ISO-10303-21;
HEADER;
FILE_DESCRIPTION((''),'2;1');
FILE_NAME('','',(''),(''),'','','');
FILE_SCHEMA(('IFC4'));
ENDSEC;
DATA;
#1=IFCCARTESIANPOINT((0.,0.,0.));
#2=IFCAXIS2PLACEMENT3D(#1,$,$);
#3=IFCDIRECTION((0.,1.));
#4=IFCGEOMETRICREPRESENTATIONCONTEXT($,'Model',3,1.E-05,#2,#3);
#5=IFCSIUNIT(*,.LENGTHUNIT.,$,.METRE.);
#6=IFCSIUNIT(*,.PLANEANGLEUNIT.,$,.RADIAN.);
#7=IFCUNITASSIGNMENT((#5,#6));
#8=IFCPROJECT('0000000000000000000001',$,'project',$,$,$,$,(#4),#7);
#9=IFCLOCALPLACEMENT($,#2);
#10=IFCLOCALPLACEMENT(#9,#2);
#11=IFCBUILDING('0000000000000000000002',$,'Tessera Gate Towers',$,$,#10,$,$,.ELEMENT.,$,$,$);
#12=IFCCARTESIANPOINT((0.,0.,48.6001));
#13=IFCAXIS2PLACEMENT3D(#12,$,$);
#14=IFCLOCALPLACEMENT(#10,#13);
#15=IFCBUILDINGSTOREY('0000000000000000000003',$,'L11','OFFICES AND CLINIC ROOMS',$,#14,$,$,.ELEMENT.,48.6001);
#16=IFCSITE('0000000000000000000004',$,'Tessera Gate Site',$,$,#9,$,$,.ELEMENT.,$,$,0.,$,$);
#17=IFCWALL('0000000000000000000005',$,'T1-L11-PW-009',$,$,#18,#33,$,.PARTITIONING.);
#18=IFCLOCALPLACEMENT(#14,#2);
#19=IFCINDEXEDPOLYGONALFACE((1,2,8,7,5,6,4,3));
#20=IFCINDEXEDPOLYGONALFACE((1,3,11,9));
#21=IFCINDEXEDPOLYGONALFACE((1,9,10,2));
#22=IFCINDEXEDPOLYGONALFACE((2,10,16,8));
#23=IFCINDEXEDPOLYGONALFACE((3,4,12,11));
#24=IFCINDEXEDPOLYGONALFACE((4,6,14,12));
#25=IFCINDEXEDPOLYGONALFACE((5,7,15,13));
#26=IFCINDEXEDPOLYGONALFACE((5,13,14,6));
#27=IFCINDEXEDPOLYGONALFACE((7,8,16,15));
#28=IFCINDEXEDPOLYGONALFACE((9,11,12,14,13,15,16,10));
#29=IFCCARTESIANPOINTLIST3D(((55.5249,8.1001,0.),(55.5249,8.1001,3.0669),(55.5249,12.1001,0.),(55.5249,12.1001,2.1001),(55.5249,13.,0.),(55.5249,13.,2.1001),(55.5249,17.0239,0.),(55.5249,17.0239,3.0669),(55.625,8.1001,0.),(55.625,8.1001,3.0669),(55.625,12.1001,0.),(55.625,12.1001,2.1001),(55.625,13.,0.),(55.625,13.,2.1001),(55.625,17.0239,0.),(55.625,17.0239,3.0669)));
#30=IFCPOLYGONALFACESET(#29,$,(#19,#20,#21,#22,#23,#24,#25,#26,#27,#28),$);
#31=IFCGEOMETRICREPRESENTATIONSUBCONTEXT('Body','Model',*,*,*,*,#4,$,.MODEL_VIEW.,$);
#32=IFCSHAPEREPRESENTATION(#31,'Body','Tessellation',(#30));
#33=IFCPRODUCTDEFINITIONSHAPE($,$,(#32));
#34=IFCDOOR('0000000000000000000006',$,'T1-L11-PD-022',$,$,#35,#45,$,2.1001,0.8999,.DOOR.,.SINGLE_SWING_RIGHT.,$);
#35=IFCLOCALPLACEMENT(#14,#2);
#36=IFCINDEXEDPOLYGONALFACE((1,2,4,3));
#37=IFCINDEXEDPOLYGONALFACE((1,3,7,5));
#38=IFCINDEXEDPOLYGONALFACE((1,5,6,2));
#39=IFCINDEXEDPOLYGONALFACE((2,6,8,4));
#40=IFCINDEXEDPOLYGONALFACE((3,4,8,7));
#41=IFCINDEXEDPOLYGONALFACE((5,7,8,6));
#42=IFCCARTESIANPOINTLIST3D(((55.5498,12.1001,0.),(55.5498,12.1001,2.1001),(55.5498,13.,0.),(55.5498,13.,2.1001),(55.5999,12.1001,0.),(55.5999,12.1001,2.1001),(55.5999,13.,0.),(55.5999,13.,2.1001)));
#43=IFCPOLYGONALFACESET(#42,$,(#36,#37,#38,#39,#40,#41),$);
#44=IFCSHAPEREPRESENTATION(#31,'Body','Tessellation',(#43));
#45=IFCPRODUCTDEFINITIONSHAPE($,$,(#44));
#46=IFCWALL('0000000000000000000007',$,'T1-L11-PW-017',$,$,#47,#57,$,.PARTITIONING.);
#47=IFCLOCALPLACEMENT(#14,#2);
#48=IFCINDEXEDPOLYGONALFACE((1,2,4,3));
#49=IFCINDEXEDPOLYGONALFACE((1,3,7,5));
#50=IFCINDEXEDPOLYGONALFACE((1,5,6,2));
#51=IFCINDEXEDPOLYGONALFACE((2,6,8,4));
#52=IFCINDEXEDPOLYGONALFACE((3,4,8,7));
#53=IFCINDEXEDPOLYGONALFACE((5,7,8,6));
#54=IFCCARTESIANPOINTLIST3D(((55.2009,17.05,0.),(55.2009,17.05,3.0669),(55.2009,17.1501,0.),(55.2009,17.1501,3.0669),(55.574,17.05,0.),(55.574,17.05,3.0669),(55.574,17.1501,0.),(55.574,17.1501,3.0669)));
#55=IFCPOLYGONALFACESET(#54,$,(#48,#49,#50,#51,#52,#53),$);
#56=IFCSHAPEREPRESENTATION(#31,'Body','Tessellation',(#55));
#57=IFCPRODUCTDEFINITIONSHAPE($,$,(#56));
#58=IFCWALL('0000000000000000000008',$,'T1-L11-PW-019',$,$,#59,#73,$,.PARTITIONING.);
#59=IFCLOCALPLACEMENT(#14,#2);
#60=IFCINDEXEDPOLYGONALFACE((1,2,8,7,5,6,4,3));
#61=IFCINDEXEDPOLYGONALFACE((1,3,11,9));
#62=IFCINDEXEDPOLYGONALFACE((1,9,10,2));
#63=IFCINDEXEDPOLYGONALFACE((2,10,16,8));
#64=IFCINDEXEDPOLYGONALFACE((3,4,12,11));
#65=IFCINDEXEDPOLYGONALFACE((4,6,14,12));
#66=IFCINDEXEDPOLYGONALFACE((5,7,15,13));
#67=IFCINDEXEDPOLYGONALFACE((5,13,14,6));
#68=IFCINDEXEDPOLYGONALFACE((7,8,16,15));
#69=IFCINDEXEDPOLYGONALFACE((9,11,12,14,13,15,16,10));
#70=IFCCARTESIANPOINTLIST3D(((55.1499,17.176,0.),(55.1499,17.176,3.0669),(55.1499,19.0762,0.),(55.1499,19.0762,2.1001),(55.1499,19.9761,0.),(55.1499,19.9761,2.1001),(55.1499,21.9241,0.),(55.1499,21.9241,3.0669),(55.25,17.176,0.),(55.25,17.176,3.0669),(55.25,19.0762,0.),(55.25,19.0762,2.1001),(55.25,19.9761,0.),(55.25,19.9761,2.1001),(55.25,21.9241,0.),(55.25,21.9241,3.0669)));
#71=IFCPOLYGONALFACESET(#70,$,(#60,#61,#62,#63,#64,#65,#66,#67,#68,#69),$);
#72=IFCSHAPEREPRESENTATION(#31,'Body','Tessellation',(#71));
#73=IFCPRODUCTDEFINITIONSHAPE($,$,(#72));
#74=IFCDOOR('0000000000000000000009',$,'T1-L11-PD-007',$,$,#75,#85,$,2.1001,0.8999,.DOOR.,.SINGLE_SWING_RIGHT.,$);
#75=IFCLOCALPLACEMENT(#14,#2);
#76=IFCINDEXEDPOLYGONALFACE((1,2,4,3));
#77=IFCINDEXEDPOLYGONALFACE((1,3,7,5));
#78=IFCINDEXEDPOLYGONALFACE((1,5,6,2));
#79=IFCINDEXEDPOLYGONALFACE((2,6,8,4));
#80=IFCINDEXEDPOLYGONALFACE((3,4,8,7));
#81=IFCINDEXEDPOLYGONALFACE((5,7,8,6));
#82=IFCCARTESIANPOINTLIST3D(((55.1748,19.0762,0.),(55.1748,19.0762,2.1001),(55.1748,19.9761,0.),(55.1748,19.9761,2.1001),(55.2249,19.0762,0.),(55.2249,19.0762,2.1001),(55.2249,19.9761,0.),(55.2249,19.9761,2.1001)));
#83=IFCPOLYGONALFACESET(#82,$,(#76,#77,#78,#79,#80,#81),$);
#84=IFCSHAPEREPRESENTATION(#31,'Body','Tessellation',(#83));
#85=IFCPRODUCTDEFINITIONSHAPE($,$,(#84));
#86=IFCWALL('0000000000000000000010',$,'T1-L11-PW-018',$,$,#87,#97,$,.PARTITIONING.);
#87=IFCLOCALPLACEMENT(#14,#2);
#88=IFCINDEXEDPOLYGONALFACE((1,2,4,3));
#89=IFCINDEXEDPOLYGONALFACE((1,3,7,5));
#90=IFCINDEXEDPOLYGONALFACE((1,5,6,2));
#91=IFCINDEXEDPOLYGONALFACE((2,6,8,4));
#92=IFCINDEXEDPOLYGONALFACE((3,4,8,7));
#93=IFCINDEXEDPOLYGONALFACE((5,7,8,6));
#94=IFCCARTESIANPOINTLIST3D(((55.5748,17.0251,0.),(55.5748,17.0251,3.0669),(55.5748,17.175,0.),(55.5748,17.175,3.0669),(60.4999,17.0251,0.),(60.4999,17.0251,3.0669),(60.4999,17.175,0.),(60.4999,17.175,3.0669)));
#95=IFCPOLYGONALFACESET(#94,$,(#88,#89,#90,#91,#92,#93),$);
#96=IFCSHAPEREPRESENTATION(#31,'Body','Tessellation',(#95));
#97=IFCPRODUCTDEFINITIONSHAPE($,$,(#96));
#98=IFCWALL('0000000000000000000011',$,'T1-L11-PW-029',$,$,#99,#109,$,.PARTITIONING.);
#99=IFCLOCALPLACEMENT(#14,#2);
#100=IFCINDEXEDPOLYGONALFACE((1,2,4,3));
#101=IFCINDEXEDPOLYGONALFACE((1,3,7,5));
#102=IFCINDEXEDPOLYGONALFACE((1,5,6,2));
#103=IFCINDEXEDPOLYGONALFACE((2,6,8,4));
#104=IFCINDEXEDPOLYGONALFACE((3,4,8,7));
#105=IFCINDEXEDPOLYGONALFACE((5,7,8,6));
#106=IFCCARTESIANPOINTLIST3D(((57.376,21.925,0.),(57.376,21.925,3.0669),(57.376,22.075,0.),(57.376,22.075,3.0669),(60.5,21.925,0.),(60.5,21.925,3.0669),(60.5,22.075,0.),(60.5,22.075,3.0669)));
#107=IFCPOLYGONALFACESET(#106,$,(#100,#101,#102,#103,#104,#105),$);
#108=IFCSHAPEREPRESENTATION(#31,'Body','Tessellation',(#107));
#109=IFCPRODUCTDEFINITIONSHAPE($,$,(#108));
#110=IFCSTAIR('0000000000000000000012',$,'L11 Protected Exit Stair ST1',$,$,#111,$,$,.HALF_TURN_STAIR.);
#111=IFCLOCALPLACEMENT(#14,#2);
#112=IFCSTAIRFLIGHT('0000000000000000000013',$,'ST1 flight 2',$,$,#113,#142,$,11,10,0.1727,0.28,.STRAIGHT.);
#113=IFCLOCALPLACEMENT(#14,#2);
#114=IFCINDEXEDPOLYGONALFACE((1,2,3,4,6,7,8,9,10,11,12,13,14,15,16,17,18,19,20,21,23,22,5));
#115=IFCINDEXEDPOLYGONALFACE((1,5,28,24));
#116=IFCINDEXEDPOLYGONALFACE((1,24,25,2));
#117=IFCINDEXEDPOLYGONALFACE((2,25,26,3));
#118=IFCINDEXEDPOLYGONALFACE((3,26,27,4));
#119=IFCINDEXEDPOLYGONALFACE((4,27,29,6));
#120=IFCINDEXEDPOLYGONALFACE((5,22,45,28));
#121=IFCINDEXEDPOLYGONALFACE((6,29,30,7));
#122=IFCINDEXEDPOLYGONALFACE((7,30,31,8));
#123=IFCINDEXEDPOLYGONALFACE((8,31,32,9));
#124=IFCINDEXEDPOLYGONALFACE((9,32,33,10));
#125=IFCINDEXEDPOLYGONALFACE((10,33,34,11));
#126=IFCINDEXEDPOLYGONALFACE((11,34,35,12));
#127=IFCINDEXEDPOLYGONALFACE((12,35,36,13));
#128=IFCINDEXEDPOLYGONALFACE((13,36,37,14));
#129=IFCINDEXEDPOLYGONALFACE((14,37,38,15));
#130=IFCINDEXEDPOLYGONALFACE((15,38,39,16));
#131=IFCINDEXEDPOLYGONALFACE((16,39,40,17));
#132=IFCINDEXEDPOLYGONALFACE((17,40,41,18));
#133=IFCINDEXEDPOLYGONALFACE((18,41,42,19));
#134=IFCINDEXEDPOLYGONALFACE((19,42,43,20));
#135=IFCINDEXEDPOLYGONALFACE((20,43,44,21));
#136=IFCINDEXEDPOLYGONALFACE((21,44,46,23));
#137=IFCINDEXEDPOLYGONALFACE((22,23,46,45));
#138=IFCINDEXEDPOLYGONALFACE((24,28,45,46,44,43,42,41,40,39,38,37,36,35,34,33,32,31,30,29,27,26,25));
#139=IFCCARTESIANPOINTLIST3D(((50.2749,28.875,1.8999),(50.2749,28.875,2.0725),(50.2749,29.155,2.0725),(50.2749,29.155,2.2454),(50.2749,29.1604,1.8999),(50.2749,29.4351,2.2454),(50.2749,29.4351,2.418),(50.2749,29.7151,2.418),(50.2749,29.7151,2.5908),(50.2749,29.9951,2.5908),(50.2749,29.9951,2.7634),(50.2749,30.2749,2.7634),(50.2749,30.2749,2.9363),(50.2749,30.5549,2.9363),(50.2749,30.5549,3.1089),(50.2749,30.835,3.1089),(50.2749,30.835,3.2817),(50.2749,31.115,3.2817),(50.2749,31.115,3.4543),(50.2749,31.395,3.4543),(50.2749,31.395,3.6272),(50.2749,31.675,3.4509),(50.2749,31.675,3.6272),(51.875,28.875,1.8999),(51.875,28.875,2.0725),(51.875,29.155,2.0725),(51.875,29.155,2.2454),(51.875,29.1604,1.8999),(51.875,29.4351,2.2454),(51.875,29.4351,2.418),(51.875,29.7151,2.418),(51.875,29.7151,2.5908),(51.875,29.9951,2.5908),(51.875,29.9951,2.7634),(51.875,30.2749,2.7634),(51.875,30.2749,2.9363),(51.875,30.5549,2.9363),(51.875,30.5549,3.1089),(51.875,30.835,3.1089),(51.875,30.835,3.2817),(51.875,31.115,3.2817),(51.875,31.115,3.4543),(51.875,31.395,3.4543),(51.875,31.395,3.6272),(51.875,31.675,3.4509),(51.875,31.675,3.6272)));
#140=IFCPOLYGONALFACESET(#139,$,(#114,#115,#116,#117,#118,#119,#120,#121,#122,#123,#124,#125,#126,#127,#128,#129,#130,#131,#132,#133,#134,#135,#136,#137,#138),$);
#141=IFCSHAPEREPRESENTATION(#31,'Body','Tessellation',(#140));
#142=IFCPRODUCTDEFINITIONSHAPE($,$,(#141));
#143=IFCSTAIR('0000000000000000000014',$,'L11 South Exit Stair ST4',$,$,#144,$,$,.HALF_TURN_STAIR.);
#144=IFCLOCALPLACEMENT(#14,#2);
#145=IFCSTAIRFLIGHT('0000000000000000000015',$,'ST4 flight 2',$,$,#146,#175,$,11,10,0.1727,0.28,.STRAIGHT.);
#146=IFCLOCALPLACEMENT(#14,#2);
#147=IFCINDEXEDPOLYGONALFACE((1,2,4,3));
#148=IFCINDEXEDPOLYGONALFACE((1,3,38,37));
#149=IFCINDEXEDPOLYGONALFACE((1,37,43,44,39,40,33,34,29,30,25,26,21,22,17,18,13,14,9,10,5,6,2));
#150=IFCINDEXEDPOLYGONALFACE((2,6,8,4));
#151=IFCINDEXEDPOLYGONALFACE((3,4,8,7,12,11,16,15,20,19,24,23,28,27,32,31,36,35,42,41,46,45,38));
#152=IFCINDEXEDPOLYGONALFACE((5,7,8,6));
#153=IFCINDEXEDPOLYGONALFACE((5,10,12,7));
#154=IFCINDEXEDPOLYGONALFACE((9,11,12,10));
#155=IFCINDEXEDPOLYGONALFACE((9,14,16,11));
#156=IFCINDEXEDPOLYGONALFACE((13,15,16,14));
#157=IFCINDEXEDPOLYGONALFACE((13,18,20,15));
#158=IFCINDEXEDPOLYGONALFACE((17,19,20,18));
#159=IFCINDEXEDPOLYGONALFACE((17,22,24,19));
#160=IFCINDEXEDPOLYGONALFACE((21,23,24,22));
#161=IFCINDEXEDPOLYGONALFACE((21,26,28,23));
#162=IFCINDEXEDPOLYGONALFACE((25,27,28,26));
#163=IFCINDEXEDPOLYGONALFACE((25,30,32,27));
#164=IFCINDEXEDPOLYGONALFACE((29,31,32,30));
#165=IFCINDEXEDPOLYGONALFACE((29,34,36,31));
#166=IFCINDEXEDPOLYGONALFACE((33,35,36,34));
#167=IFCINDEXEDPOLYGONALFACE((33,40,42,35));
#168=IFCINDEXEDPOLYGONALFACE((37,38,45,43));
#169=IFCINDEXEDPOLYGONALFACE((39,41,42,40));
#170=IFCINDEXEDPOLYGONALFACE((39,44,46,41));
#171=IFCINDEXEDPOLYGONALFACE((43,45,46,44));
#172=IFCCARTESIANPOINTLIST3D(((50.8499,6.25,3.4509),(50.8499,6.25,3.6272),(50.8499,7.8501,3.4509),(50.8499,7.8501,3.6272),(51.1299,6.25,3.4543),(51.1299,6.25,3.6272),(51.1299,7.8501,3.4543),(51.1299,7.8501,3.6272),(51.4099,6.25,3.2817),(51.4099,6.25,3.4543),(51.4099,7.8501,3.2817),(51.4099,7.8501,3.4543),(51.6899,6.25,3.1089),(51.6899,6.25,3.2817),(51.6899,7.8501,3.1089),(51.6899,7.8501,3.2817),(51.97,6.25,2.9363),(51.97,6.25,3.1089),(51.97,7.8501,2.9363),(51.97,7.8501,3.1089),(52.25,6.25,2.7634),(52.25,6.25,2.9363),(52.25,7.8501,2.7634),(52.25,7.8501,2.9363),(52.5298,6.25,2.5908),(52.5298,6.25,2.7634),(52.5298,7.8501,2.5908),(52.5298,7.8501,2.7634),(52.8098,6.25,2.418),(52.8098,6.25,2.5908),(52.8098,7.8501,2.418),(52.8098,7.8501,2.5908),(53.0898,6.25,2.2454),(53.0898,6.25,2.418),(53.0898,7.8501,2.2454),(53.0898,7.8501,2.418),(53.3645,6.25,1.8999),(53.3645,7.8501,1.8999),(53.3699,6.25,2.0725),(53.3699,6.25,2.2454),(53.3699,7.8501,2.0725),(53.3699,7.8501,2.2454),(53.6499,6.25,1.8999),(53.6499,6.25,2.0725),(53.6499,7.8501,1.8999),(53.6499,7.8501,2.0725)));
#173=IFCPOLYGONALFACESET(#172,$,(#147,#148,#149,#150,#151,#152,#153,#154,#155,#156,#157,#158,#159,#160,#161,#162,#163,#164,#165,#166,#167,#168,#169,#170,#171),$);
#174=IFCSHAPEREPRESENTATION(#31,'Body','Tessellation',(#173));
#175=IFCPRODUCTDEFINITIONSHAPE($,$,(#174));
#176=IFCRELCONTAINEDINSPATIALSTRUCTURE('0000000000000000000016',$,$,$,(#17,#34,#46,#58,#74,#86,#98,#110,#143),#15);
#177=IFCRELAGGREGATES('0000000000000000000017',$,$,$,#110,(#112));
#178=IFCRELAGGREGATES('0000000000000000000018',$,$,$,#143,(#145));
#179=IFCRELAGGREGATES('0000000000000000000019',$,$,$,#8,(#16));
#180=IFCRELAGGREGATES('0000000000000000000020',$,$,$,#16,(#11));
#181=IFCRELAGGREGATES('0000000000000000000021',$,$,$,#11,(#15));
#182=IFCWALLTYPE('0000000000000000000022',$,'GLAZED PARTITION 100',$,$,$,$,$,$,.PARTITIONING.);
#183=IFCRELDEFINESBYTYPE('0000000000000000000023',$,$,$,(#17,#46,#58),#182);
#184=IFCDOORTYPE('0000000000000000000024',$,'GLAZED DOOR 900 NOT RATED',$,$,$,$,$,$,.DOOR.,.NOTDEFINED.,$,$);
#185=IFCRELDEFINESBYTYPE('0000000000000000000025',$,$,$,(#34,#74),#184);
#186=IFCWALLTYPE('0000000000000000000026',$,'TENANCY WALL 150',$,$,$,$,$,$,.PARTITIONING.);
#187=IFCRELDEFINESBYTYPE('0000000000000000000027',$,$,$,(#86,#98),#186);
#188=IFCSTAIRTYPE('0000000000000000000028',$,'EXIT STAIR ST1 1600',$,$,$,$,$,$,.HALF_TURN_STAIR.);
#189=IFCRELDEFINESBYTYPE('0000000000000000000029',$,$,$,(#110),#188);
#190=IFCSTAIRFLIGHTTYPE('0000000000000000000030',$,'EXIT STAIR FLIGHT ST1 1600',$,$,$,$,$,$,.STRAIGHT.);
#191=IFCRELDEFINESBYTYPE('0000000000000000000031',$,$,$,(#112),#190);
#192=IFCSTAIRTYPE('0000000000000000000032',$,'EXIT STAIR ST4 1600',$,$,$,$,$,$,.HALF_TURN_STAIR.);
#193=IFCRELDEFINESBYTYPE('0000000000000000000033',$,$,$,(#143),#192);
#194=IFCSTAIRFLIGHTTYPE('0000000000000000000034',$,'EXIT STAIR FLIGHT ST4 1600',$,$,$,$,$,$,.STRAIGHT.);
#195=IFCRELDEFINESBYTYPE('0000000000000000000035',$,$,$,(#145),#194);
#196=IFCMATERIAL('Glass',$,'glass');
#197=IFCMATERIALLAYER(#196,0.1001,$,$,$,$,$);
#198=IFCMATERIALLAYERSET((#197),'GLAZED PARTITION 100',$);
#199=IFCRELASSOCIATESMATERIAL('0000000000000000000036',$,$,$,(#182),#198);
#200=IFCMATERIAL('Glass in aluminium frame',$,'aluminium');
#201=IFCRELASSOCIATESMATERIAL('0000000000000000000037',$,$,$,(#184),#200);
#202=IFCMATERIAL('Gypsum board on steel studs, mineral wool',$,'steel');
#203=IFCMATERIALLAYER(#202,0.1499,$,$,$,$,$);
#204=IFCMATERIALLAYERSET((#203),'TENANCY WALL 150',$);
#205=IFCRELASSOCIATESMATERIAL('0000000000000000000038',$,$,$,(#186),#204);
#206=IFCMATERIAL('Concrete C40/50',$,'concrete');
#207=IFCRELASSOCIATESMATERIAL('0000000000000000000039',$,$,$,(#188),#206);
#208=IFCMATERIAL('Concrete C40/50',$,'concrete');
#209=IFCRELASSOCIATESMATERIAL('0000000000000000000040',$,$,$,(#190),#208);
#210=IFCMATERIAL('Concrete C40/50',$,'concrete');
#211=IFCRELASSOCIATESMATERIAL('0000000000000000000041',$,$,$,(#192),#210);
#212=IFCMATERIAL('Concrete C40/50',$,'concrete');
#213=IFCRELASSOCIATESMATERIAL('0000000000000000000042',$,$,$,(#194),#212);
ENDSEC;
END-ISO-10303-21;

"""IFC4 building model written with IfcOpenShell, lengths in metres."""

from ifc_helpers import new_model, si_unit, direction, frame, frame_2d, origin, place, context, subcontext, project, spatial, polyline, rectangle, outline, extrude, source, transform, mapped, material, layer, layer_set, type_object, element, fill, aggregate, save


model = new_model("IFC4")

# Units and contexts
model_context = context("Model", 3, precision=1e-05, world=origin(), true_north=direction((0.0, 1.0)))
body_context = subcontext(model_context, "Body", "Model", "MODEL_VIEW")
ifc_project = project(units=[si_unit("LENGTHUNIT", "METRE"), si_unit("PLANEANGLEUNIT", "RADIAN")], contexts=[model_context])

# Site, building, storey
site_placement = place(None, origin())
site = spatial("IfcSite", under=ifc_project, at=site_placement, Name="Tessera Gate Site", CompositionType="ELEMENT", RefElevation=0.0)
building_placement = place(site_placement, origin())
building = spatial("IfcBuilding", under=site, at=building_placement, Name="Tessera Gate Towers", CompositionType="ELEMENT")
storey_placement = place(building_placement, frame((0.0, 0.0, 48.6001)))
storey = spatial("IfcBuildingStorey", under=building, at=storey_placement, Name="L11", Description="OFFICES AND CLINIC ROOMS", CompositionType="ELEMENT", Elevation=48.6001)

# Wall, opening, door
ifc_material_1 = material(Name="Glass", Category="glass")
ifc_layer_1 = layer(ifc_material_1, 0.1001)
ifc_layer_set_1 = layer_set([ifc_layer_1], Name="GLAZED PARTITION 100")
wall_type_1 = type_object("IfcWallType", Name="GLAZED PARTITION 100", PredefinedType="PARTITIONING", material=ifc_layer_set_1)
wall_1_placement = place(storey_placement, frame((55.575, 17.0239, 0.0), z_axis=(0.0, 0.0, 1.0), x_axis=(0.0, -1.0, 0.0)))
wall_1 = element("IfcWall", 1, at=wall_1_placement, inside=storey, type_object=wall_type_1, Name="T1-L11-PW-009", PredefinedType="PARTITIONING", context=body_context, shape_type="SweptSolid", body=[
    extrude(rectangle(XDim=8.9238, YDim=0.1001, at=frame_2d((4.4619, 0.0))), origin(), (0.0, 0.0, 1.0), 3.0669),
])
shared_shape_1 = source(origin(), body_context, "Body", "SweptSolid", [
    extrude(rectangle(XDim=0.8999, YDim=2.1001, at=frame_2d((0.45, 1.05))), frame((0.0, 0.0601, 0.0), z_axis=(0.0, -1.0, 0.0), x_axis=(1.0, 0.0, 0.0)), (0.0, 0.0, 1.0), 0.1201),
])
opening_1_placement = place(wall_1_placement, frame((4.0239, 0.0, 0.0)))
opening_1 = element("IfcOpeningElement", 2, at=opening_1_placement, cuts=wall_1, PredefinedType="OPENING", context=body_context, shape_type="MappedRepresentation", body=[
    mapped(shared_shape_1, transform((0.0, 0.0, 0.0), scale=1.0)),
])
ifc_material_2 = material(Name="Glass in aluminium frame", Category="aluminium")
door_type_1 = type_object("IfcDoorType", Name="GLAZED DOOR 900 NOT RATED", OperationType="NOTDEFINED", PredefinedType="DOOR", material=ifc_material_2)
shared_shape_2 = source(origin(), body_context, "Body", "SweptSolid", [
    extrude(rectangle(XDim=0.8999, YDim=2.1001, at=frame_2d((0.45, 1.05))), frame((0.0, 0.0249, 0.0), z_axis=(0.0, -1.0, 0.0), x_axis=(1.0, 0.0, 0.0)), (0.0, 0.0, 1.0), 0.05),
])
door_1_placement = place(opening_1_placement, origin())
door_1 = element("IfcDoor", 3, at=door_1_placement, inside=storey, type_object=door_type_1, Name="T1-L11-PD-022", OperationType="SINGLE_SWING_RIGHT", OverallHeight=2.1001, OverallWidth=0.8999, PredefinedType="DOOR", context=body_context, shape_type="MappedRepresentation", body=[
    mapped(shared_shape_2, transform((0.0, 0.0, 0.0), scale=1.0)),
])
fill(opening_1, door_1)

# Wall
wall_2_placement = place(storey_placement, frame((55.2009, 17.1001, 0.0), z_axis=(0.0, 0.0, 1.0), x_axis=(1.0, 0.0, 0.0)))
element("IfcWall", 4, at=wall_2_placement, inside=storey, type_object=wall_type_1, Name="T1-L11-PW-017", PredefinedType="PARTITIONING", context=body_context, shape_type="SweptSolid", body=[
    extrude(rectangle(XDim=0.373, YDim=0.1001, at=frame_2d((0.1865, 0.0))), origin(), (0.0, 0.0, 1.0), 3.0669),
])

# Wall, opening, door
wall_3_placement = place(storey_placement, frame((55.2, 21.9241, 0.0), z_axis=(0.0, 0.0, 1.0), x_axis=(0.0, -1.0, 0.0)))
wall_3 = element("IfcWall", 5, at=wall_3_placement, inside=storey, type_object=wall_type_1, Name="T1-L11-PW-019", PredefinedType="PARTITIONING", context=body_context, shape_type="SweptSolid", body=[
    extrude(rectangle(XDim=4.748, YDim=0.1001, at=frame_2d((2.374, 0.0))), origin(), (0.0, 0.0, 1.0), 3.0669),
])
opening_2_placement = place(wall_3_placement, frame((1.948, 0.0, 0.0)))
opening_2 = element("IfcOpeningElement", 6, at=opening_2_placement, cuts=wall_3, PredefinedType="OPENING", context=body_context, shape_type="MappedRepresentation", body=[
    mapped(shared_shape_1, transform((0.0, 0.0, 0.0), scale=1.0)),
])
door_2_placement = place(opening_2_placement, origin())
door_2 = element("IfcDoor", 7, at=door_2_placement, inside=storey, type_object=door_type_1, Name="T1-L11-PD-007", OperationType="SINGLE_SWING_RIGHT", OverallHeight=2.1001, OverallWidth=0.8999, PredefinedType="DOOR", context=body_context, shape_type="MappedRepresentation", body=[
    mapped(shared_shape_2, transform((0.0, 0.0, 0.0), scale=1.0)),
])
fill(opening_2, door_2)

# Walls
ifc_material_3 = material(Name="Gypsum board on steel studs, mineral wool", Category="steel")
ifc_layer_2 = layer(ifc_material_3, 0.1499)
ifc_layer_set_2 = layer_set([ifc_layer_2], Name="TENANCY WALL 150")
wall_type_2 = type_object("IfcWallType", Name="TENANCY WALL 150", PredefinedType="PARTITIONING", material=ifc_layer_set_2)
wall_4_placement = place(storey_placement, frame((55.575, 17.1001, 0.0), z_axis=(0.0, 0.0, 1.0), x_axis=(1.0, 0.0, 0.0)))
element("IfcWall", 8, at=wall_4_placement, inside=storey, type_object=wall_type_2, Name="T1-L11-PW-018", PredefinedType="PARTITIONING", context=body_context, shape_type="SweptSolid", body=[
    extrude(rectangle(XDim=4.925, YDim=0.1499, at=frame_2d((2.4624, 0.0))), origin(), (0.0, 0.0, 1.0), 3.0669),
])
wall_5_placement = place(storey_placement, frame((57.376, 22.0, 0.0), z_axis=(0.0, 0.0, 1.0), x_axis=(1.0, 0.0, 0.0)))
element("IfcWall", 9, at=wall_5_placement, inside=storey, type_object=wall_type_2, Name="T1-L11-PW-029", PredefinedType="PARTITIONING", context=body_context, shape_type="SweptSolid", body=[
    extrude(rectangle(XDim=3.124, YDim=0.1499, at=frame_2d((1.562, 0.0))), origin(), (0.0, 0.0, 1.0), 3.0669),
])

# Stairs, stair flights
ifc_material_4 = material(Name="Concrete C40/50", Category="concrete")
stair_type_1 = type_object("IfcStairType", Name="EXIT STAIR ST1 1600", PredefinedType="HALF_TURN_STAIR", material=ifc_material_4)
stair_1_placement = place(storey_placement, origin())
stair_1 = element("IfcStair", 10, at=stair_1_placement, inside=storey, type_object=stair_type_1, Name="L11 Protected Exit Stair ST1", PredefinedType="HALF_TURN_STAIR")
ifc_material_5 = material(Name="Concrete C40/50", Category="concrete")
stair_flight_type_1 = type_object("IfcStairFlightType", Name="EXIT STAIR FLIGHT ST1 1600", PredefinedType="STRAIGHT", material=ifc_material_5)
stair_flight_1_placement = place(storey_placement, frame((51.075, 28.875, 1.8999), z_axis=(0.0, 0.0, 1.0), x_axis=(0.0, 1.0, 0.0)))
stair_flight_1 = element("IfcStairFlight", 11, at=stair_flight_1_placement, type_object=stair_flight_type_1, Name="ST1 flight 2", NumberOfRisers=11, NumberOfTreads=10, PredefinedType="STRAIGHT", RiserHeight=0.1727, TreadLength=0.28, context=body_context, shape_type="SweptSolid", body=[
    extrude(outline(polyline([(0.0, 0.0), (0.0, 0.1726), (0.28, 0.1726), (0.28, 0.3455), (0.5601, 0.3455), (0.5601, 0.5181), (0.8401, 0.5181), (0.8401, 0.6909), (1.1201, 0.6909), (1.1201, 0.8635), (1.3999, 0.8635), (1.3999, 1.0364), (1.6799, 1.0364), (1.6799, 1.209), (1.96, 1.209), (1.96, 1.3818), (2.24, 1.3818), (2.24, 1.5544), (2.52, 1.5544), (2.52, 1.7273), (2.8, 1.7273), (2.8, 1.8999), (2.8, 1.551), (0.2854, 0.0), (0.0, 0.0)])), frame((0.0, 0.8, 0.0), z_axis=(0.0, -1.0, 0.0), x_axis=(1.0, 0.0, 0.0)), (0.0, 0.0, 1.0), 1.6001),
])
aggregate(stair_1, [stair_flight_1])
ifc_material_6 = material(Name="Concrete C40/50", Category="concrete")
stair_type_2 = type_object("IfcStairType", Name="EXIT STAIR ST4 1600", PredefinedType="HALF_TURN_STAIR", material=ifc_material_6)
stair_2_placement = place(storey_placement, origin())
stair_2 = element("IfcStair", 12, at=stair_2_placement, inside=storey, type_object=stair_type_2, Name="L11 South Exit Stair ST4", PredefinedType="HALF_TURN_STAIR")
ifc_material_7 = material(Name="Concrete C40/50", Category="concrete")
stair_flight_type_2 = type_object("IfcStairFlightType", Name="EXIT STAIR FLIGHT ST4 1600", PredefinedType="STRAIGHT", material=ifc_material_7)
stair_flight_2_placement = place(storey_placement, frame((53.6499, 7.05, 1.8999), z_axis=(0.0, 0.0, 1.0), x_axis=(-1.0, 0.0, 0.0)))
stair_flight_2 = element("IfcStairFlight", 13, at=stair_flight_2_placement, type_object=stair_flight_type_2, Name="ST4 flight 2", NumberOfRisers=11, NumberOfTreads=10, PredefinedType="STRAIGHT", RiserHeight=0.1727, TreadLength=0.28, context=body_context, shape_type="SweptSolid", body=[
    extrude(outline(polyline([(0.0, 0.0), (0.0, 0.1726), (0.28, 0.1726), (0.28, 0.3455), (0.5601, 0.3455), (0.5601, 0.5181), (0.8401, 0.5181), (0.8401, 0.6909), (1.1201, 0.6909), (1.1201, 0.8635), (1.3999, 0.8635), (1.3999, 1.0364), (1.6799, 1.0364), (1.6799, 1.209), (1.96, 1.209), (1.96, 1.3818), (2.24, 1.3818), (2.24, 1.5544), (2.52, 1.5544), (2.52, 1.7273), (2.8, 1.7273), (2.8, 1.8999), (2.8, 1.551), (0.2854, 0.0), (0.0, 0.0)])), frame((0.0, 0.8, 0.0), z_axis=(0.0, -1.0, 0.0), x_axis=(1.0, 0.0, 0.0)), (0.0, 0.0, 1.0), 1.6001),
])
aggregate(stair_2, [stair_flight_2])

save(model, "model.ifc")
